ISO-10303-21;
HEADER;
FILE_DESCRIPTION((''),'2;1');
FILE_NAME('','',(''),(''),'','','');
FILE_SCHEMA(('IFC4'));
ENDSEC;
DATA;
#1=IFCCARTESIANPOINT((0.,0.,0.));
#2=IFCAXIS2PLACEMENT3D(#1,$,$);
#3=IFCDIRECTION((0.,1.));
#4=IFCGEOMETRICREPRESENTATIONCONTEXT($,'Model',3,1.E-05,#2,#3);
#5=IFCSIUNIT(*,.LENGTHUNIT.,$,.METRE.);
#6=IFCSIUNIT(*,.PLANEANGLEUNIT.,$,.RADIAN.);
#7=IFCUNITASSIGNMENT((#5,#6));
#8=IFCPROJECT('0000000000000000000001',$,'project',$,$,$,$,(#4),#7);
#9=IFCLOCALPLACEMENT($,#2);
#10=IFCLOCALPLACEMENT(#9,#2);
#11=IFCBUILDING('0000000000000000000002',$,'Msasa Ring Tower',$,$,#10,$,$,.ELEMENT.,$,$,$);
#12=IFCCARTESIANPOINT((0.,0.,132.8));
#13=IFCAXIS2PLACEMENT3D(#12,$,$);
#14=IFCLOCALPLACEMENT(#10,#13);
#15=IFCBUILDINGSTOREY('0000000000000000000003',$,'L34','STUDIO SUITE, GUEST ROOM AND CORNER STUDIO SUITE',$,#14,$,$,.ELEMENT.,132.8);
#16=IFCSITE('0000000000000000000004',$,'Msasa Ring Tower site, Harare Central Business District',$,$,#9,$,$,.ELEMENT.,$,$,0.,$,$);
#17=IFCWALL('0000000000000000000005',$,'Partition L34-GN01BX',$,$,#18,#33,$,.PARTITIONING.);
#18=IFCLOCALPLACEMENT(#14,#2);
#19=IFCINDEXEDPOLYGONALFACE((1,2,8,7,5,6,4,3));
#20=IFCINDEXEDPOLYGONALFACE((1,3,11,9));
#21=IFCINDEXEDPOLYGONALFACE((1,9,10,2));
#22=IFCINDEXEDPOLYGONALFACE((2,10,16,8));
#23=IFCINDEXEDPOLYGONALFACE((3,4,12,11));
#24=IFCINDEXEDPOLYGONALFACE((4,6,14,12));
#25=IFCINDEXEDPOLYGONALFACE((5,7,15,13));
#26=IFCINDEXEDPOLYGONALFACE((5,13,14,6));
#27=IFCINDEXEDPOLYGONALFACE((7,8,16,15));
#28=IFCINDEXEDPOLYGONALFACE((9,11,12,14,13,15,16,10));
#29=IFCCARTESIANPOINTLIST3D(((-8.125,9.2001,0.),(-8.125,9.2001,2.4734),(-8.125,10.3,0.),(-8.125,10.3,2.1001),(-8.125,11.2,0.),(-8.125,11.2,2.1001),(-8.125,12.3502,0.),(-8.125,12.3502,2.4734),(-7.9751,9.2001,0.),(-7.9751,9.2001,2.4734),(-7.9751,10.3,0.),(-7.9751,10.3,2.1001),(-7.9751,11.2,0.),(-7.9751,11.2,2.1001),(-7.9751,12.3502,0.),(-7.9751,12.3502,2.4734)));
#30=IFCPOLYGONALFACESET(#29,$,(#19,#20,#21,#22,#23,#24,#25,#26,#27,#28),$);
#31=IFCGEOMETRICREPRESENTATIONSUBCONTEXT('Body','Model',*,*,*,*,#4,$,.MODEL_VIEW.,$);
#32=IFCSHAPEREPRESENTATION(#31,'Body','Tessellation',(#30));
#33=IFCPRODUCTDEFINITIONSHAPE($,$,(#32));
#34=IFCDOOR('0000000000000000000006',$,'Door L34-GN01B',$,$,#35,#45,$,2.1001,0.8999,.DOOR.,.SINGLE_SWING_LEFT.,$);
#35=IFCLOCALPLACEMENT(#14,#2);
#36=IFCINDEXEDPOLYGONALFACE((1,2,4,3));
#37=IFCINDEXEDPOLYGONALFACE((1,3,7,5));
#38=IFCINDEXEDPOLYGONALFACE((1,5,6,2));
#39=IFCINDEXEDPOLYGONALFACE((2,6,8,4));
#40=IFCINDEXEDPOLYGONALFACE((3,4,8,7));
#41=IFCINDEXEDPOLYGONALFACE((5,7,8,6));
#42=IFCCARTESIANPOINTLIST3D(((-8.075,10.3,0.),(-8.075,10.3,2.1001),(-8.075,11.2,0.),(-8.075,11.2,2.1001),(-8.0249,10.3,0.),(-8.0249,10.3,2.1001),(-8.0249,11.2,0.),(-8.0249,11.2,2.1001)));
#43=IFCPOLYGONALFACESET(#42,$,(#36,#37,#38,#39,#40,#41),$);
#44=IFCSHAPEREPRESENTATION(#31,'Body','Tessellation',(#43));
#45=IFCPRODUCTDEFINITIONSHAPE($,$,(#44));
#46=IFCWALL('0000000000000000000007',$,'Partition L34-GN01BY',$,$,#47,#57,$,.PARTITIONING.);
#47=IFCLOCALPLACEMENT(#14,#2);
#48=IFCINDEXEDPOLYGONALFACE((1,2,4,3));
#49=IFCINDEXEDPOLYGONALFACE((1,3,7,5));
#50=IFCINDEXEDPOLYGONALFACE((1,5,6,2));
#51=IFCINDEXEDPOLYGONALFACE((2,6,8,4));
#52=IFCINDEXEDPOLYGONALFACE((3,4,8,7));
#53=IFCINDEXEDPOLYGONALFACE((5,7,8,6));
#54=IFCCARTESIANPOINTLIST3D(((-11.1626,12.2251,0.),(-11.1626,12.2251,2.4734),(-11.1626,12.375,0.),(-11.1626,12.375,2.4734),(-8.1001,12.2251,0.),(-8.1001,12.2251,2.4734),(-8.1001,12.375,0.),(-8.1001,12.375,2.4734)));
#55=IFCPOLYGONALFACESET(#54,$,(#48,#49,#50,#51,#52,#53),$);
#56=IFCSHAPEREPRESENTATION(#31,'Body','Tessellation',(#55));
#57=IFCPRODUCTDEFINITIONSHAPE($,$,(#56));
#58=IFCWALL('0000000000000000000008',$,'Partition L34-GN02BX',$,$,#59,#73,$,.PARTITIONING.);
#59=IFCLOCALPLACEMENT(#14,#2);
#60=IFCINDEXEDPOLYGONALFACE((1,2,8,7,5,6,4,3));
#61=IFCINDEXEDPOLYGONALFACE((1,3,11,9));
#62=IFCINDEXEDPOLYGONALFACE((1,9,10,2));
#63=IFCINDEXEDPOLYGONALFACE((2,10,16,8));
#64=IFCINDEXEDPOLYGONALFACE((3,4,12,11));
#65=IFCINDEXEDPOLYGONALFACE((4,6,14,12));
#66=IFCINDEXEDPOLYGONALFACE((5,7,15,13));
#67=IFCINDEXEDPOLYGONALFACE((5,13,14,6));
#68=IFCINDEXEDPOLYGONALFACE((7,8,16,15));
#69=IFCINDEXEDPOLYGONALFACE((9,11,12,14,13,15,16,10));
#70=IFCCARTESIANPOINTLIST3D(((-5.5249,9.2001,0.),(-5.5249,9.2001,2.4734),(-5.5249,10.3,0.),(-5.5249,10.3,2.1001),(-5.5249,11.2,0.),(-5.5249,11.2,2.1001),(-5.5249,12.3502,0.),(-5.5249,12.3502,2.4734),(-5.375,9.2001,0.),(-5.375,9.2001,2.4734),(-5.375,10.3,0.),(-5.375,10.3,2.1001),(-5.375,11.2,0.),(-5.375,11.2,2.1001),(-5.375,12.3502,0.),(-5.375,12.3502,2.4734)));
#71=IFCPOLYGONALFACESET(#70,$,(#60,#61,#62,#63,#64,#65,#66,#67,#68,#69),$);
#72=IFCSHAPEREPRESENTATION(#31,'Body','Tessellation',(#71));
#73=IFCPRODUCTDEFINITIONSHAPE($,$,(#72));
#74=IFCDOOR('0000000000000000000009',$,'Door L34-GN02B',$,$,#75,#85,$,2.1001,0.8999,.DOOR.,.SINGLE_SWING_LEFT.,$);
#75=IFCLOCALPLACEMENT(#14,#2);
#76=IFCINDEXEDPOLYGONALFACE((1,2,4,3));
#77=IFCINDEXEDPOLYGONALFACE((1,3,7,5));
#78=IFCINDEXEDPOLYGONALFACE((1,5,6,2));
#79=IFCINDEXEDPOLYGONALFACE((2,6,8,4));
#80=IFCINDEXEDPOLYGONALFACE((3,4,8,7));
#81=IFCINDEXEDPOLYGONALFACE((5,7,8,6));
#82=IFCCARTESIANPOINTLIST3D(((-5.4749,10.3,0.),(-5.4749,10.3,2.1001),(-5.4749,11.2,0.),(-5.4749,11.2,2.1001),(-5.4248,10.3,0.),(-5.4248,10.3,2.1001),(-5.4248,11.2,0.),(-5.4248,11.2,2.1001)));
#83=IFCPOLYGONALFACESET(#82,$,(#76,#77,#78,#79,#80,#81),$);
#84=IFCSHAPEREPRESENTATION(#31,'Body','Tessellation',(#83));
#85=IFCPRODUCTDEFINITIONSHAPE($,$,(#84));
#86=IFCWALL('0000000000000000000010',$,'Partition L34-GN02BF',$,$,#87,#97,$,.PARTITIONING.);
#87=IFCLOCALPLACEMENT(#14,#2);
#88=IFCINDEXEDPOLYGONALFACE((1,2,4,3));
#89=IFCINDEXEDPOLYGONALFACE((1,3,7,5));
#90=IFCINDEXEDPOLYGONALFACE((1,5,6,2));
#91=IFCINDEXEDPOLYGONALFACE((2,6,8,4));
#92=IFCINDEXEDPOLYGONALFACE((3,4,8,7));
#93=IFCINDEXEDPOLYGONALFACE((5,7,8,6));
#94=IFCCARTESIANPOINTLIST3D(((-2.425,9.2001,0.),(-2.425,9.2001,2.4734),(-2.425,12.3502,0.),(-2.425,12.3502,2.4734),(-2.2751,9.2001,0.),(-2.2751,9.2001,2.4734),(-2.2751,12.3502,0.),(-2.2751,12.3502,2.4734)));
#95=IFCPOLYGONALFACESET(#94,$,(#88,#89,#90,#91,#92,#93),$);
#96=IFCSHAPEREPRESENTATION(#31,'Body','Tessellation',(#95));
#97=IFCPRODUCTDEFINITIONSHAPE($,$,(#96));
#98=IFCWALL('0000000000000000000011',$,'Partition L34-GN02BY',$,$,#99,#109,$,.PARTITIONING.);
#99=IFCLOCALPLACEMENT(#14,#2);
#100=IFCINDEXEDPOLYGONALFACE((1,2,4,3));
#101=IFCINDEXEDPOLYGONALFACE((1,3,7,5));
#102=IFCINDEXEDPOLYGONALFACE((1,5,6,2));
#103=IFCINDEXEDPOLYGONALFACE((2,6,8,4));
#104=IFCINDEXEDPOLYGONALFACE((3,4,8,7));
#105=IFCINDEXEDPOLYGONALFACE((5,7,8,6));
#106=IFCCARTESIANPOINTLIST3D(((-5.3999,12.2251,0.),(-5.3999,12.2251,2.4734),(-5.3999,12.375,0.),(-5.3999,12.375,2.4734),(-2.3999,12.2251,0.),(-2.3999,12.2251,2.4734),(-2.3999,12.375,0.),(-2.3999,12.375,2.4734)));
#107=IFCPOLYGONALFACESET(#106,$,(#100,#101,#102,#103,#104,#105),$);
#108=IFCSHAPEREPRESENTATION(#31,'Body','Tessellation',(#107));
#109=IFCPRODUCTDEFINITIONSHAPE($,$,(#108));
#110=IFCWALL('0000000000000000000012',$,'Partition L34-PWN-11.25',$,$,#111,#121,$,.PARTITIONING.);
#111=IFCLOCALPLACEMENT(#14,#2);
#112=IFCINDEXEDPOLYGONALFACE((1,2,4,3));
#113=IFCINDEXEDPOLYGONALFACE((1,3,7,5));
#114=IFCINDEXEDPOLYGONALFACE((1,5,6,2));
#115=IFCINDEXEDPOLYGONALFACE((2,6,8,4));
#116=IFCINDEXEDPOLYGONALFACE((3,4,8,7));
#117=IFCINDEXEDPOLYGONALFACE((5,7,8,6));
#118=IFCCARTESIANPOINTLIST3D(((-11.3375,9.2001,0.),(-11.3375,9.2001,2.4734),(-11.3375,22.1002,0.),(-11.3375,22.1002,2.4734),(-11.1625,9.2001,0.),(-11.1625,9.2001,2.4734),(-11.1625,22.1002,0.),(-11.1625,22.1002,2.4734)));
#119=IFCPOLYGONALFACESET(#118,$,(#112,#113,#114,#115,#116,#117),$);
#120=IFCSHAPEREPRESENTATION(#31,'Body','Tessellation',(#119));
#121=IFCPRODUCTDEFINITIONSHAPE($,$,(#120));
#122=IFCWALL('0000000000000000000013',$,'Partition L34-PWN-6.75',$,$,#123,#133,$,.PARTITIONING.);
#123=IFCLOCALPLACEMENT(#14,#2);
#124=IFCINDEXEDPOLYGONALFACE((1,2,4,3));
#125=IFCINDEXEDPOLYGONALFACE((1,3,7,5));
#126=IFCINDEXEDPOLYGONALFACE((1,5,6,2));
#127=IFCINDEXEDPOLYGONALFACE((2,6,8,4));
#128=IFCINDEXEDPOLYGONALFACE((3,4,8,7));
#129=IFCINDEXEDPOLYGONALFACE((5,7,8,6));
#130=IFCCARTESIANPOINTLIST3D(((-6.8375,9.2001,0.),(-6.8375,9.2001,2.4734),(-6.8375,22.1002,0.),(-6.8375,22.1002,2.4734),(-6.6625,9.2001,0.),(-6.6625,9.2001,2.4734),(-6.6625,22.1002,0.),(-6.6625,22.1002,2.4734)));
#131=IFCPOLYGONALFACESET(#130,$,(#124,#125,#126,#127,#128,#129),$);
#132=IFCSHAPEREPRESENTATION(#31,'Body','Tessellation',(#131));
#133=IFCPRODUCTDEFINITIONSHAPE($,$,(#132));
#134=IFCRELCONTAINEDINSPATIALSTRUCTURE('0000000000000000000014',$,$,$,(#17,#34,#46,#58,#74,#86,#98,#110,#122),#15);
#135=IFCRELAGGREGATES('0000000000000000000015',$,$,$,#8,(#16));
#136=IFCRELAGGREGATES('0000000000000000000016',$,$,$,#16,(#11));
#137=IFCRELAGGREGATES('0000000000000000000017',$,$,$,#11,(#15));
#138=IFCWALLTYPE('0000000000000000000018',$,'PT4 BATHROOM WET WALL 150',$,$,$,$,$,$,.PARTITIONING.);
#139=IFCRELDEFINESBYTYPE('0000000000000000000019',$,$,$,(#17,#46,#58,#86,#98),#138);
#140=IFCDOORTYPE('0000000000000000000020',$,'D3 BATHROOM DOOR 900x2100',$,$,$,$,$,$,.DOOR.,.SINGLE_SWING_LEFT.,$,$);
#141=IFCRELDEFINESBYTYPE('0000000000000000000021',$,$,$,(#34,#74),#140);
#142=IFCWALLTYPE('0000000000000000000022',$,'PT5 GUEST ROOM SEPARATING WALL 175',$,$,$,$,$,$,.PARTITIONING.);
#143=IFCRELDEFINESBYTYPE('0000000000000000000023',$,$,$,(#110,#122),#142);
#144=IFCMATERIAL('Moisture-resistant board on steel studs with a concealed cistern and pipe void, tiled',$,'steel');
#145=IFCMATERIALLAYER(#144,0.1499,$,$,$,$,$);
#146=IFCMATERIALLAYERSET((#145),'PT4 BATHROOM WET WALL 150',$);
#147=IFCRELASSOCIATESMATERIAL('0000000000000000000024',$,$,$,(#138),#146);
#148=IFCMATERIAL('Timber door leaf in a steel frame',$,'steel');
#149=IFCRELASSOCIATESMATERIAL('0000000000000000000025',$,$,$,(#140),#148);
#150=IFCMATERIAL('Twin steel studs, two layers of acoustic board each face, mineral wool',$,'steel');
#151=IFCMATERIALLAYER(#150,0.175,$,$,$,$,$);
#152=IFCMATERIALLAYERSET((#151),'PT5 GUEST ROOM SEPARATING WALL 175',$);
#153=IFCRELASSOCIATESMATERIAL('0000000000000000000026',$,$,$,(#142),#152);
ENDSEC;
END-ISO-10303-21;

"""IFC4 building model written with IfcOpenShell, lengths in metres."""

from ifc_helpers import new_model, si_unit, direction, frame, frame_2d, origin, place, context, subcontext, project, spatial, rectangle, extrude, material, layer, layer_set, type_object, element, fill, save


model = new_model("IFC4")

# Units and contexts
model_context = context("Model", 3, precision=1e-05, world=origin(), true_north=direction((0.0, 1.0)))
body_context = subcontext(model_context, "Body", "Model", "MODEL_VIEW")
ifc_project = project(units=[si_unit("LENGTHUNIT", "METRE"), si_unit("PLANEANGLEUNIT", "RADIAN")], contexts=[model_context])

# Site, building, storey
site_placement = place(None, origin())
site = spatial("IfcSite", under=ifc_project, at=site_placement, Name="Msasa Ring Tower site, Harare Central Business District", CompositionType="ELEMENT", RefElevation=0.0)
building_placement = place(site_placement, origin())
building = spatial("IfcBuilding", under=site, at=building_placement, Name="Msasa Ring Tower", CompositionType="ELEMENT")
storey_placement = place(building_placement, frame((0.0, 0.0, 132.8)))
storey = spatial("IfcBuildingStorey", under=building, at=storey_placement, Name="L34", Description="STUDIO SUITE, GUEST ROOM AND CORNER STUDIO SUITE", CompositionType="ELEMENT", Elevation=132.8)

# Wall, opening, door
ifc_material_1 = material(Name="Moisture-resistant board on steel studs with a concealed cistern and pipe void, tiled", Category="steel")
ifc_layer_1 = layer(ifc_material_1, 0.1499)
ifc_layer_set_1 = layer_set([ifc_layer_1], Name="PT4 BATHROOM WET WALL 150")
wall_type_1 = type_object("IfcWallType", Name="PT4 BATHROOM WET WALL 150", PredefinedType="PARTITIONING", material=ifc_layer_set_1)
wall_1_placement = place(storey_placement, frame((-8.05, 9.2, 0.0), z_axis=(0.0, 0.0, 1.0), x_axis=(0.0, 1.0, 0.0)))
wall_1 = element("IfcWall", 1, at=wall_1_placement, inside=storey, type_object=wall_type_1, Name="Partition L34-GN01BX", PredefinedType="PARTITIONING", context=body_context, shape_type="SweptSolid", body=[
    extrude(rectangle(XDim=3.1501, YDim=0.1499, at=frame_2d((1.5752, 0.0))), origin(), (0.0, 0.0, 1.0), 2.4734),
])
opening_1_placement = place(wall_1_placement, frame((1.1001, 0.0, 0.0)))
opening_1 = element("IfcOpeningElement", 2, at=opening_1_placement, cuts=wall_1, PredefinedType="OPENING", context=body_context, shape_type="SweptSolid", body=[
    extrude(rectangle(XDim=0.8999, YDim=2.1001, at=frame_2d((0.45, 1.05))), frame((0.0, 0.085, 0.0), z_axis=(0.0, -1.0, 0.0), x_axis=(1.0, 0.0, 0.0)), (0.0, 0.0, 1.0), 0.1699),
])
ifc_material_2 = material(Name="Timber door leaf in a steel frame", Category="steel")
door_type = type_object("IfcDoorType", Name="D3 BATHROOM DOOR 900x2100", OperationType="SINGLE_SWING_LEFT", PredefinedType="DOOR", material=ifc_material_2)
door_1_placement = place(opening_1_placement, origin())
door_1 = element("IfcDoor", 3, at=door_1_placement, inside=storey, type_object=door_type, Name="Door L34-GN01B", OperationType="SINGLE_SWING_LEFT", OverallHeight=2.1001, OverallWidth=0.8999, PredefinedType="DOOR", context=body_context, shape_type="SweptSolid", body=[
    extrude(rectangle(XDim=0.8999, YDim=2.1001, at=frame_2d((0.45, 1.05))), frame((0.0, 0.0249, 0.0), z_axis=(0.0, -1.0, 0.0), x_axis=(1.0, 0.0, 0.0)), (0.0, 0.0, 1.0), 0.05),
])
fill(opening_1, door_1)

# Wall
wall_2_placement = place(storey_placement, frame((-11.1626, 12.3, 0.0), z_axis=(0.0, 0.0, 1.0), x_axis=(1.0, 0.0, 0.0)))
element("IfcWall", 4, at=wall_2_placement, inside=storey, type_object=wall_type_1, Name="Partition L34-GN01BY", PredefinedType="PARTITIONING", context=body_context, shape_type="SweptSolid", body=[
    extrude(rectangle(XDim=3.0625, YDim=0.1499, at=frame_2d((1.5312, 0.0))), origin(), (0.0, 0.0, 1.0), 2.4734),
])

# Wall, opening, door
wall_3_placement = place(storey_placement, frame((-5.45, 9.2, 0.0), z_axis=(0.0, 0.0, 1.0), x_axis=(0.0, 1.0, 0.0)))
wall_3 = element("IfcWall", 5, at=wall_3_placement, inside=storey, type_object=wall_type_1, Name="Partition L34-GN02BX", PredefinedType="PARTITIONING", context=body_context, shape_type="SweptSolid", body=[
    extrude(rectangle(XDim=3.1501, YDim=0.1499, at=frame_2d((1.5752, 0.0))), origin(), (0.0, 0.0, 1.0), 2.4734),
])
opening_2_placement = place(wall_3_placement, frame((1.1001, 0.0, 0.0)))
opening_2 = element("IfcOpeningElement", 6, at=opening_2_placement, cuts=wall_3, PredefinedType="OPENING", context=body_context, shape_type="SweptSolid", body=[
    extrude(rectangle(XDim=0.8999, YDim=2.1001, at=frame_2d((0.45, 1.05))), frame((0.0, 0.085, 0.0), z_axis=(0.0, -1.0, 0.0), x_axis=(1.0, 0.0, 0.0)), (0.0, 0.0, 1.0), 0.1699),
])
door_2_placement = place(opening_2_placement, origin())
door_2 = element("IfcDoor", 7, at=door_2_placement, inside=storey, type_object=door_type, Name="Door L34-GN02B", OperationType="SINGLE_SWING_LEFT", OverallHeight=2.1001, OverallWidth=0.8999, PredefinedType="DOOR", context=body_context, shape_type="SweptSolid", body=[
    extrude(rectangle(XDim=0.8999, YDim=2.1001, at=frame_2d((0.45, 1.05))), frame((0.0, 0.0249, 0.0), z_axis=(0.0, -1.0, 0.0), x_axis=(1.0, 0.0, 0.0)), (0.0, 0.0, 1.0), 0.05),
])
fill(opening_2, door_2)

# Walls
wall_4_placement = place(storey_placement, frame((-2.3501, 9.2, 0.0), z_axis=(0.0, 0.0, 1.0), x_axis=(0.0, 1.0, 0.0)))
element("IfcWall", 8, at=wall_4_placement, inside=storey, type_object=wall_type_1, Name="Partition L34-GN02BF", PredefinedType="PARTITIONING", context=body_context, shape_type="SweptSolid", body=[
    extrude(rectangle(XDim=3.1501, YDim=0.1499, at=frame_2d((1.5752, 0.0))), origin(), (0.0, 0.0, 1.0), 2.4734),
])
wall_5_placement = place(storey_placement, frame((-5.3999, 12.3, 0.0), z_axis=(0.0, 0.0, 1.0), x_axis=(1.0, 0.0, 0.0)))
element("IfcWall", 9, at=wall_5_placement, inside=storey, type_object=wall_type_1, Name="Partition L34-GN02BY", PredefinedType="PARTITIONING", context=body_context, shape_type="SweptSolid", body=[
    extrude(rectangle(XDim=3.0, YDim=0.1499, at=frame_2d((1.5, 0.0))), origin(), (0.0, 0.0, 1.0), 2.4734),
])
ifc_material_3 = material(Name="Twin steel studs, two layers of acoustic board each face, mineral wool", Category="steel")
ifc_layer_2 = layer(ifc_material_3, 0.175)
ifc_layer_set_2 = layer_set([ifc_layer_2], Name="PT5 GUEST ROOM SEPARATING WALL 175")
wall_type_2 = type_object("IfcWallType", Name="PT5 GUEST ROOM SEPARATING WALL 175", PredefinedType="PARTITIONING", material=ifc_layer_set_2)
for number, where, z_axis, x_axis, name in (
    (10, (-11.25, 9.2, 0.0), (0.0, 0.0, 1.0), (0.0, 1.0, 0.0), "Partition L34-PWN-11.25"),
    (11, (-6.75, 9.2, 0.0), (0.0, 0.0, 1.0), (0.0, 1.0, 0.0), "Partition L34-PWN-6.75"),
):
    element("IfcWall", number, at=place(storey_placement, frame(where, z_axis=z_axis, x_axis=x_axis)), inside=storey, type_object=wall_type_2, Name=name, PredefinedType="PARTITIONING", context=body_context, shape_type="SweptSolid", body=[
        extrude(rectangle(XDim=12.9001, YDim=0.175, at=frame_2d((6.4502, 0.0))), origin(), (0.0, 0.0, 1.0), 2.4734),
    ])

save(model, "model.ifc")
